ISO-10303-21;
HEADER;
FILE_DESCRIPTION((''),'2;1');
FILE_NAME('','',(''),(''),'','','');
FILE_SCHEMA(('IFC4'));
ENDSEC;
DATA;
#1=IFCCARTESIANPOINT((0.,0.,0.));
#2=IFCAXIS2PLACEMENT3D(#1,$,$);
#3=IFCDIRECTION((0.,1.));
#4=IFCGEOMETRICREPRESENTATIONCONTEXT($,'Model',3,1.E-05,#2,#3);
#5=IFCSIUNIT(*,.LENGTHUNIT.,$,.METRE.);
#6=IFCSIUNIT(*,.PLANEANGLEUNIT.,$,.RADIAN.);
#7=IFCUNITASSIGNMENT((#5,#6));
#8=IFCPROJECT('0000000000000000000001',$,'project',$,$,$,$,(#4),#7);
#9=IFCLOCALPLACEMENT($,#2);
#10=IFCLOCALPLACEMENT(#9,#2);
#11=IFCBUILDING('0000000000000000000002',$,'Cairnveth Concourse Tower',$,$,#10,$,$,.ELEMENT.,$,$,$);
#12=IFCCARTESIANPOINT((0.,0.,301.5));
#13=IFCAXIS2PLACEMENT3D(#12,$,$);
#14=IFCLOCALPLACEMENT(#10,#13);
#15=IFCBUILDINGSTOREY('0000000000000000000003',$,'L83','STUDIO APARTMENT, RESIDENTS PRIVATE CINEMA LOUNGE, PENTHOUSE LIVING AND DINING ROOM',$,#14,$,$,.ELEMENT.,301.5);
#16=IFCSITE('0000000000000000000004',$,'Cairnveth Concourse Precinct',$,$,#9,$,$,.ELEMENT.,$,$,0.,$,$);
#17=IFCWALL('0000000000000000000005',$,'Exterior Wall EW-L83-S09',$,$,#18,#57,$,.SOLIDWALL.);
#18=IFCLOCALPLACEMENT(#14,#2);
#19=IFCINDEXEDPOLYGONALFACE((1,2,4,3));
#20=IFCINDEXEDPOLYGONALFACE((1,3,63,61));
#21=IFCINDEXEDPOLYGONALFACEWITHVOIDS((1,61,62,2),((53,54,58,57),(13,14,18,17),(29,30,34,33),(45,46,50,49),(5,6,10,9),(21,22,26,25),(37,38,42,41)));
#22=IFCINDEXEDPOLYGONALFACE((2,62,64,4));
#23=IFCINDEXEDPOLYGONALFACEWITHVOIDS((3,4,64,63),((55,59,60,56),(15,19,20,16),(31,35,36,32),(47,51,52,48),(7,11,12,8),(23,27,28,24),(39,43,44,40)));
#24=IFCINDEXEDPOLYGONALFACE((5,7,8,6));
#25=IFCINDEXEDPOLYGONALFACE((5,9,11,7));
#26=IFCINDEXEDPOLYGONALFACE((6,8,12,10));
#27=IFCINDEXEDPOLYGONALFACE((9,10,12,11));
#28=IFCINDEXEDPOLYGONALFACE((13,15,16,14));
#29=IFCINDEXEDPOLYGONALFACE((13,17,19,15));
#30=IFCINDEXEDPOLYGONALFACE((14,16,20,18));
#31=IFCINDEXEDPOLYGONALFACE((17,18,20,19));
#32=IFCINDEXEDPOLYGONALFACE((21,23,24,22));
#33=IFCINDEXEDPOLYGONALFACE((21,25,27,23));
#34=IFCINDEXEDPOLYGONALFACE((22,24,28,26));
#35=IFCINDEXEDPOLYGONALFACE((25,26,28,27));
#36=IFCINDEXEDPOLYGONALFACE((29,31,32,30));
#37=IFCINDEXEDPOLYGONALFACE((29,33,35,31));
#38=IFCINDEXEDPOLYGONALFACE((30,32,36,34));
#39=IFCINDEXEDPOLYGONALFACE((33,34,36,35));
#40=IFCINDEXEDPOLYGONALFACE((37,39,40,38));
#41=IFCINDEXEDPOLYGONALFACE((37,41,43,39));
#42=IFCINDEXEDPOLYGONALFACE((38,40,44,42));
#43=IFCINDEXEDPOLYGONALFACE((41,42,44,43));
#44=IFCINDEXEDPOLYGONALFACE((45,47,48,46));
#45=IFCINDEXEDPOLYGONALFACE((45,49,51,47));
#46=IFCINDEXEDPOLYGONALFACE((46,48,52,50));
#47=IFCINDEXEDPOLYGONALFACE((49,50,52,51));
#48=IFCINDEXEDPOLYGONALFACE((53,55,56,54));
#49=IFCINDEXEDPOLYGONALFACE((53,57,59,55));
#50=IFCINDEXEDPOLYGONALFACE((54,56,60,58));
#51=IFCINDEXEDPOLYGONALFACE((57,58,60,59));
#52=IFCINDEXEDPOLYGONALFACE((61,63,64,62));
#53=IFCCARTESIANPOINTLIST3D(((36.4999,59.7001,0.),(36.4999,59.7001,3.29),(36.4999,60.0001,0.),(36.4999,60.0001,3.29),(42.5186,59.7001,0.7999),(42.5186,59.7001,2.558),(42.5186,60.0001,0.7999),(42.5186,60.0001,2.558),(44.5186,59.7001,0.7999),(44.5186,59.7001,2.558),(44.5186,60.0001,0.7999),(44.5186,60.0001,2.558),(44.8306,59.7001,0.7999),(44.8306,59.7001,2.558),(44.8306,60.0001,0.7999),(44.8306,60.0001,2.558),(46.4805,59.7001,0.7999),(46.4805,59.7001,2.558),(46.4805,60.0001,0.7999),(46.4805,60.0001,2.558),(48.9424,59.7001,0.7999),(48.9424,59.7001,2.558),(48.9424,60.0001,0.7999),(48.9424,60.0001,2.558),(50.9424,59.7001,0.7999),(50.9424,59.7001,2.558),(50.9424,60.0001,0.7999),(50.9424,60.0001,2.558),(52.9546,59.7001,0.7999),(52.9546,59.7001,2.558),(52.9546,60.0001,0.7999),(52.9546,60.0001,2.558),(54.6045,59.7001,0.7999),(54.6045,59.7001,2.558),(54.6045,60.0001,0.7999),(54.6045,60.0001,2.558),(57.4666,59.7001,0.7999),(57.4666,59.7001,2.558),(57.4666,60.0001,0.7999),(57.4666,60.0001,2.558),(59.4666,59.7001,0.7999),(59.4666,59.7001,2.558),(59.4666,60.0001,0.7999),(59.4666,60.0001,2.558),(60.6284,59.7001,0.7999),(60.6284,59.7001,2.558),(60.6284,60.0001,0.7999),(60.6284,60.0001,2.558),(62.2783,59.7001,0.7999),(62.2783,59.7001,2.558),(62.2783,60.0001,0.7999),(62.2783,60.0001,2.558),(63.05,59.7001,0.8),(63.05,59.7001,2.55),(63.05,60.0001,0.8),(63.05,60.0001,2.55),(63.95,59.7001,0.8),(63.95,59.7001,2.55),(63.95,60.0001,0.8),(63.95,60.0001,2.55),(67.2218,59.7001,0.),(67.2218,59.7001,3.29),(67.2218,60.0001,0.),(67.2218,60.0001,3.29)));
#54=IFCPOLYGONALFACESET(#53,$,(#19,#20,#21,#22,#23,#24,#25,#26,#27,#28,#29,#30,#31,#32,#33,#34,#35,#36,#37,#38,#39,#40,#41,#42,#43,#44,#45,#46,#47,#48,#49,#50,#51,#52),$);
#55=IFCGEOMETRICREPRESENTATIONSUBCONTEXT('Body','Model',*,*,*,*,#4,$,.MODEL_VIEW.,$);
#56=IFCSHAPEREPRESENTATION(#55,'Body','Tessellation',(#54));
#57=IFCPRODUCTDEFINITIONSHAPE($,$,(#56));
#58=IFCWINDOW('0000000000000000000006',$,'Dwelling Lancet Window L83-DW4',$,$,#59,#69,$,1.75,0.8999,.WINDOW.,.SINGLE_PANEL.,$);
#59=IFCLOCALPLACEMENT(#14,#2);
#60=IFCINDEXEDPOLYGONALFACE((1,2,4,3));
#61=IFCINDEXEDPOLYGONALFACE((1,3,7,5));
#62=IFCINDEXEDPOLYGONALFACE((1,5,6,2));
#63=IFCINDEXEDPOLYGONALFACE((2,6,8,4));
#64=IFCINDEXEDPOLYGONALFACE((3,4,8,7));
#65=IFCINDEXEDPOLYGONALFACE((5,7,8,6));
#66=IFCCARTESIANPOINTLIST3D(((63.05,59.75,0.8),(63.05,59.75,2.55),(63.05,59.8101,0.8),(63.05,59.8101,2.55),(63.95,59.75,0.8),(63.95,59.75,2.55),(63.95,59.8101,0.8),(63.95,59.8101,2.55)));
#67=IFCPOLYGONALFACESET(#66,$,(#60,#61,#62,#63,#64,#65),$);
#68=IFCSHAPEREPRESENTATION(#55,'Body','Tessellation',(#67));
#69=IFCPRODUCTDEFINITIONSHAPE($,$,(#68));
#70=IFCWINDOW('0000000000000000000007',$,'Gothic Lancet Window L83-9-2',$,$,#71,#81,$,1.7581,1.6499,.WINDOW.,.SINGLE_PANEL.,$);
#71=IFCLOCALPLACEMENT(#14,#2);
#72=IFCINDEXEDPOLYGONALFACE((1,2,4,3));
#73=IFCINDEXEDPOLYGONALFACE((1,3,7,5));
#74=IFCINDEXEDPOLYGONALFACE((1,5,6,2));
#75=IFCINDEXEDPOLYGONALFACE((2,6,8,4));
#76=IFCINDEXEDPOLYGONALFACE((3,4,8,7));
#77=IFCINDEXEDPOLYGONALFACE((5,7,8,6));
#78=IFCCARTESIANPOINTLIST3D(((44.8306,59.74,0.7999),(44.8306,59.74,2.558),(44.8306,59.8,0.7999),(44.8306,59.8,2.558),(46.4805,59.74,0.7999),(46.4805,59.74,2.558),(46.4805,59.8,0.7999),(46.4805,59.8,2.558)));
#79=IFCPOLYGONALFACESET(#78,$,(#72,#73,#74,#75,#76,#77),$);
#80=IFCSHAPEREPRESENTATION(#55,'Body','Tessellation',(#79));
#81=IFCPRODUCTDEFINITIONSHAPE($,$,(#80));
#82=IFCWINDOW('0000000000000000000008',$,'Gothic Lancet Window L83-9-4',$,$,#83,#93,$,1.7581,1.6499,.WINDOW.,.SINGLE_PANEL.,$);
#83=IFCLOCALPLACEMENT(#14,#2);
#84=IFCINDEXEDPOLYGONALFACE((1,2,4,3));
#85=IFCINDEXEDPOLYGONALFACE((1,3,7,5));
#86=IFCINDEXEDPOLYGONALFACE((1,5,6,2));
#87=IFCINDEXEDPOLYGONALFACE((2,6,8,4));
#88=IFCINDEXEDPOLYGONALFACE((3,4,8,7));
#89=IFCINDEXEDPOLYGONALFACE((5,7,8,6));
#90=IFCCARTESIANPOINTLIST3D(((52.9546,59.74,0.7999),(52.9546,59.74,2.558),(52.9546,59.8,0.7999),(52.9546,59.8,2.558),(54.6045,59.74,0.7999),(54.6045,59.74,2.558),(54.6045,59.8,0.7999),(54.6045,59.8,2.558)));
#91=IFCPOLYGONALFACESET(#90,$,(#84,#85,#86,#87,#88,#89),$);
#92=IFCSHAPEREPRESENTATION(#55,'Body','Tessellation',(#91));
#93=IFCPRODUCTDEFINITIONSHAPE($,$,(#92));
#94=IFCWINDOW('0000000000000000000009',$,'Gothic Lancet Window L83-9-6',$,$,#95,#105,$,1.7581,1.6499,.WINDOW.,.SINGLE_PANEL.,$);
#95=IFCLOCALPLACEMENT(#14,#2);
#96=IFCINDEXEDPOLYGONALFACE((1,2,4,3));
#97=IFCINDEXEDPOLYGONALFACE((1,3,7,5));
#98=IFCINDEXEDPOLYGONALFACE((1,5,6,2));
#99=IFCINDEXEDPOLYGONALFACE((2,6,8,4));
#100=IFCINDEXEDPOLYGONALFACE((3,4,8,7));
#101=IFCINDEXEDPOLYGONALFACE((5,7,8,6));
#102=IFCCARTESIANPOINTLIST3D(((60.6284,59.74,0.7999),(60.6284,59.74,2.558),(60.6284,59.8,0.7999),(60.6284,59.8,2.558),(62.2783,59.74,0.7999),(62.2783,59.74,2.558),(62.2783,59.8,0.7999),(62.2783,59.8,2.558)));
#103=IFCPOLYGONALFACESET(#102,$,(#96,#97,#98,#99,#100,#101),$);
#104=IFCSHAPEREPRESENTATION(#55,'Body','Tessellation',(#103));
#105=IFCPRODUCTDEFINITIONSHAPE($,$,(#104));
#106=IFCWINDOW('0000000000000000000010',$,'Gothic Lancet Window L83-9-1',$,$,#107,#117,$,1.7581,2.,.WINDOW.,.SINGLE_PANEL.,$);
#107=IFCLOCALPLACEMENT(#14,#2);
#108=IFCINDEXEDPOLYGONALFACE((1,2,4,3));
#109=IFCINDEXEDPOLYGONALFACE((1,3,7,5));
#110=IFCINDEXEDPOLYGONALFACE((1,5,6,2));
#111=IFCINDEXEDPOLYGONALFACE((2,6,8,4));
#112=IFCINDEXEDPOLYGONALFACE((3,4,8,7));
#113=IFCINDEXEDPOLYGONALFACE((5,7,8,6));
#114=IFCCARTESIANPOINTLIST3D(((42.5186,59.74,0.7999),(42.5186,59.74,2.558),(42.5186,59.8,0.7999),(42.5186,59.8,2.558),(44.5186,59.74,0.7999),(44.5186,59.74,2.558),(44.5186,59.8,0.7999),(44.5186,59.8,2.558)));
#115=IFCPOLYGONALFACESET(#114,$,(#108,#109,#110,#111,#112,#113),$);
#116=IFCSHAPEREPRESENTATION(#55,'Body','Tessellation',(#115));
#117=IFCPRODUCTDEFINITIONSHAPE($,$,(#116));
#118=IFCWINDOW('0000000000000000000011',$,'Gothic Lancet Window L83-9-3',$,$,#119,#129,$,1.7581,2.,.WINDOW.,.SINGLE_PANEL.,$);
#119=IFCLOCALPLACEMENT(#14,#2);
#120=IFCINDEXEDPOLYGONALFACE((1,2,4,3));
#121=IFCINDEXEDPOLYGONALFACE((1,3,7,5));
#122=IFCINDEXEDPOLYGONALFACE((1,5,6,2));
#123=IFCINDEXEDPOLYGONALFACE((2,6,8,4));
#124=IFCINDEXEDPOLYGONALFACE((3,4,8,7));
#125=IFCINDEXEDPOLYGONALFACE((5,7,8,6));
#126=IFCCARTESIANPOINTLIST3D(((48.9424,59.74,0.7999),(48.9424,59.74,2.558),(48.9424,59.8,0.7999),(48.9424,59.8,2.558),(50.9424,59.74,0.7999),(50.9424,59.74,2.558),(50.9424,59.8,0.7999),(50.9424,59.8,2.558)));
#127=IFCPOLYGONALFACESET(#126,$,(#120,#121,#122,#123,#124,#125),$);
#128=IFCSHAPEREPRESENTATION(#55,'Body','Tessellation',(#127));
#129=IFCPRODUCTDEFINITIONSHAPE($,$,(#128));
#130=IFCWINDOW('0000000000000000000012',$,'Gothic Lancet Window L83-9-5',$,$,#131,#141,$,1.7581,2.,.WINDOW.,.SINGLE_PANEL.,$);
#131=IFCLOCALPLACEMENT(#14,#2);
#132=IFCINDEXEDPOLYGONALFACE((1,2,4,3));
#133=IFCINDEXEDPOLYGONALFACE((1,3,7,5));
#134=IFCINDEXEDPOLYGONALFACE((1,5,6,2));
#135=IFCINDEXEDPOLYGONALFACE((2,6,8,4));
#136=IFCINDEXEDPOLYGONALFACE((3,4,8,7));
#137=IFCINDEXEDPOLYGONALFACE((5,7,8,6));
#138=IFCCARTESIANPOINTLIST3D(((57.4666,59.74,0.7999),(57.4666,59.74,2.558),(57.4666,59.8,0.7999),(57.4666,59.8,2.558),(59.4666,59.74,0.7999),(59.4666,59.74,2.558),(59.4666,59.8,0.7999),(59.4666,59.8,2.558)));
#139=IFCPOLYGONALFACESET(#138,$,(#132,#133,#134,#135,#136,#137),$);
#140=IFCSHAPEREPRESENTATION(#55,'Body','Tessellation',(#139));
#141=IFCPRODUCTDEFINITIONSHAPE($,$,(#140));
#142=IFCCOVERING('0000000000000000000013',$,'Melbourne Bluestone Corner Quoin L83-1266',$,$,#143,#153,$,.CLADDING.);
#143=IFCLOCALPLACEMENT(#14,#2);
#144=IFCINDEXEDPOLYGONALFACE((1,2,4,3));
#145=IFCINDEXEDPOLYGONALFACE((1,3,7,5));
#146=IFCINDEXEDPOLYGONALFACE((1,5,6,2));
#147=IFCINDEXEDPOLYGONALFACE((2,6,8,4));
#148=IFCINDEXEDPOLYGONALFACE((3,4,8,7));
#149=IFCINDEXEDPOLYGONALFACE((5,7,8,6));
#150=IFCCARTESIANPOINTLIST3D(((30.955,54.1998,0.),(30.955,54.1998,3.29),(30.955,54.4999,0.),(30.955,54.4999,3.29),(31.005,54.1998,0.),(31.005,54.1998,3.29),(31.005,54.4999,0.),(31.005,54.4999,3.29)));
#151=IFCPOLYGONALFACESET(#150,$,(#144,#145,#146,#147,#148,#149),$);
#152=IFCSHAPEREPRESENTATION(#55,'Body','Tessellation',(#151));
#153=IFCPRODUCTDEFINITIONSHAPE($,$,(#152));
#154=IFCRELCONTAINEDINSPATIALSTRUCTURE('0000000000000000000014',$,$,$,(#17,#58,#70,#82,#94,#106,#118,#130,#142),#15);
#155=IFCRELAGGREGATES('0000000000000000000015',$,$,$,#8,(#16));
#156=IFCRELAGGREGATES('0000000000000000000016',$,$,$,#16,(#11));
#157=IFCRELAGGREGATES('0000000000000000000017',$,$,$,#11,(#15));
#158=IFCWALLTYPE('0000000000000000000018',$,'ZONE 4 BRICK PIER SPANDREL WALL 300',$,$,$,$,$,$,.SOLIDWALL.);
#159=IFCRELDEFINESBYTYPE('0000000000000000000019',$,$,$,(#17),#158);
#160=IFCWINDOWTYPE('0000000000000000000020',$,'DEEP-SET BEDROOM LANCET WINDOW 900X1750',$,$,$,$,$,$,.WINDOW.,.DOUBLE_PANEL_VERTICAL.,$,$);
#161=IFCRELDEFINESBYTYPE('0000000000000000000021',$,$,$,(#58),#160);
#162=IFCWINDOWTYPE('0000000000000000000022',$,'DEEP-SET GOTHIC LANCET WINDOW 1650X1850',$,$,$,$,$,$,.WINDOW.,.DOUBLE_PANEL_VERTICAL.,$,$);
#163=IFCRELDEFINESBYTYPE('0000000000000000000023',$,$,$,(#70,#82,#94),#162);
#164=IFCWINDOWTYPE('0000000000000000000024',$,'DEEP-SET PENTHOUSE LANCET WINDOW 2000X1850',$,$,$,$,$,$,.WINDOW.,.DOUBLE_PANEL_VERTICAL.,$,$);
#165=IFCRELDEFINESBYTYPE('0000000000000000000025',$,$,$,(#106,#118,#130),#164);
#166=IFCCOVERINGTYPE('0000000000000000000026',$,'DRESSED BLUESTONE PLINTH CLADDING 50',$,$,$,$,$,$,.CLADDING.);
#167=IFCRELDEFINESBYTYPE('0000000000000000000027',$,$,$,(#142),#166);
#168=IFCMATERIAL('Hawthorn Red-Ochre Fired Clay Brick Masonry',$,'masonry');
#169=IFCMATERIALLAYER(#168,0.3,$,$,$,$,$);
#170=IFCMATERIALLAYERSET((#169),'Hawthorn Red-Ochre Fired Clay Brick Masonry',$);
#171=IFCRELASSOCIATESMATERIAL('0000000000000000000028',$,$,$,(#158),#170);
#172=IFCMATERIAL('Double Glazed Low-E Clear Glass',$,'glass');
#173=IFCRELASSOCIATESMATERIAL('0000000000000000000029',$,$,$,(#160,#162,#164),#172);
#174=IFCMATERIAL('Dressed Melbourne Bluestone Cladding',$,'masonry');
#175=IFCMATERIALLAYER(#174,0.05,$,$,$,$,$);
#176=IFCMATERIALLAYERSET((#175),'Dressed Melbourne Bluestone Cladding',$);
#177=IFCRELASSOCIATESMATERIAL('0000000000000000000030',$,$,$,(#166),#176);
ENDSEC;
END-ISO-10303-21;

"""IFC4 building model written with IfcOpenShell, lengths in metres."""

from ifc_helpers import new_model, si_unit, direction, frame, frame_2d, origin, place, context, subcontext, project, spatial, rectangle, extrude, material, layer, layer_set, type_object, element, fill, save


model = new_model("IFC4")

# Units and contexts
model_context = context("Model", 3, precision=1e-05, world=origin(), true_north=direction((0.0, 1.0)))
body_context = subcontext(model_context, "Body", "Model", "MODEL_VIEW")
ifc_project = project(units=[si_unit("LENGTHUNIT", "METRE"), si_unit("PLANEANGLEUNIT", "RADIAN")], contexts=[model_context])

# Site, building, storey
site_placement = place(None, origin())
site = spatial("IfcSite", under=ifc_project, at=site_placement, Name="Cairnveth Concourse Precinct", CompositionType="ELEMENT", RefElevation=0.0)
building_placement = place(site_placement, origin())
building = spatial("IfcBuilding", under=site, at=building_placement, Name="Cairnveth Concourse Tower", CompositionType="ELEMENT")
storey_placement = place(building_placement, frame((0.0, 0.0, 301.5)))
storey = spatial("IfcBuildingStorey", under=building, at=storey_placement, Name="L83", Description="STUDIO APARTMENT, RESIDENTS PRIVATE CINEMA LOUNGE, PENTHOUSE LIVING AND DINING ROOM", CompositionType="ELEMENT", Elevation=301.5)

# Shared definitions
ifc_material_1 = material(Name="Hawthorn Red-Ochre Fired Clay Brick Masonry", Category="masonry")
ifc_layer_1 = layer(ifc_material_1, 0.3)
ifc_layer_set_1 = layer_set([ifc_layer_1], Name="Hawthorn Red-Ochre Fired Clay Brick Masonry")
wall_type_1 = type_object("IfcWallType", Name="ZONE 4 BRICK PIER SPANDREL WALL 300", PredefinedType="SOLIDWALL", material=ifc_layer_set_1)
ifc_material_2 = material(Name="Double Glazed Low-E Clear Glass", Category="glass")
window_type_1 = type_object("IfcWindowType", Name="DEEP-SET BEDROOM LANCET WINDOW 900X1750", PartitioningType="DOUBLE_PANEL_VERTICAL", PredefinedType="WINDOW", material=ifc_material_2)

# Wall, openings, windows
wall_1_placement = place(storey_placement, frame((36.5, 59.8501, 0.0), z_axis=(0.0, 0.0, 1.0), x_axis=(1.0, 0.0, 0.0)))
wall_1 = element("IfcWall", 1, at=wall_1_placement, inside=storey, type_object=wall_type_1, Name="Exterior Wall EW-L83-S09", PredefinedType="SOLIDWALL", context=body_context, shape_type="SweptSolid", body=[
    extrude(rectangle(XDim=30.7219, YDim=0.3, at=frame_2d((15.3608, 0.0))), origin(), (0.0, 0.0, 1.0), 3.29),
])
opening_1_placement = place(wall_1_placement, frame((6.0186, 0.0, 0.8)))
opening_1 = element("IfcOpeningElement", 2, at=opening_1_placement, cuts=wall_1, PredefinedType="OPENING", context=body_context, shape_type="SweptSolid", body=[
    extrude(rectangle(XDim=2.0, YDim=1.7581, at=frame_2d((1.0, 0.8789))), frame((0.0, 0.1599, 0.0), z_axis=(0.0, -1.0, 0.0), x_axis=(1.0, 0.0, 0.0)), (0.0, 0.0, 1.0), 0.3201),
])
opening_2_placement = place(wall_1_placement, frame((8.3306, 0.0, 0.8)))
opening_2 = element("IfcOpeningElement", 3, at=opening_2_placement, cuts=wall_1, PredefinedType="OPENING", context=body_context, shape_type="SweptSolid", body=[
    extrude(rectangle(XDim=1.6499, YDim=1.7581, at=frame_2d((0.825, 0.8789))), frame((0.0, 0.1599, 0.0), z_axis=(0.0, -1.0, 0.0), x_axis=(1.0, 0.0, 0.0)), (0.0, 0.0, 1.0), 0.3201),
])
opening_3_placement = place(wall_1_placement, frame((12.4424, 0.0, 0.8)))
opening_3 = element("IfcOpeningElement", 4, at=opening_3_placement, cuts=wall_1, PredefinedType="OPENING", context=body_context, shape_type="SweptSolid", body=[
    extrude(rectangle(XDim=2.0, YDim=1.7581, at=frame_2d((1.0, 0.8789))), frame((0.0, 0.1599, 0.0), z_axis=(0.0, -1.0, 0.0), x_axis=(1.0, 0.0, 0.0)), (0.0, 0.0, 1.0), 0.3201),
])
opening_4_placement = place(wall_1_placement, frame((16.4546, 0.0, 0.8)))
opening_4 = element("IfcOpeningElement", 5, at=opening_4_placement, cuts=wall_1, PredefinedType="OPENING", context=body_context, shape_type="SweptSolid", body=[
    extrude(rectangle(XDim=1.6499, YDim=1.7581, at=frame_2d((0.825, 0.8789))), frame((0.0, 0.1599, 0.0), z_axis=(0.0, -1.0, 0.0), x_axis=(1.0, 0.0, 0.0)), (0.0, 0.0, 1.0), 0.3201),
])
opening_5_placement = place(wall_1_placement, frame((20.9666, 0.0, 0.8)))
opening_5 = element("IfcOpeningElement", 6, at=opening_5_placement, cuts=wall_1, PredefinedType="OPENING", context=body_context, shape_type="SweptSolid", body=[
    extrude(rectangle(XDim=2.0, YDim=1.7581, at=frame_2d((1.0, 0.8789))), frame((0.0, 0.1599, 0.0), z_axis=(0.0, -1.0, 0.0), x_axis=(1.0, 0.0, 0.0)), (0.0, 0.0, 1.0), 0.3201),
])
opening_6_placement = place(wall_1_placement, frame((24.1284, 0.0, 0.8)))
opening_6 = element("IfcOpeningElement", 7, at=opening_6_placement, cuts=wall_1, PredefinedType="OPENING", context=body_context, shape_type="SweptSolid", body=[
    extrude(rectangle(XDim=1.6499, YDim=1.7581, at=frame_2d((0.825, 0.8789))), frame((0.0, 0.1599, 0.0), z_axis=(0.0, -1.0, 0.0), x_axis=(1.0, 0.0, 0.0)), (0.0, 0.0, 1.0), 0.3201),
])
opening_7_placement = place(wall_1_placement, frame((26.55, 0.0, 0.8)))
opening_7 = element("IfcOpeningElement", 8, at=opening_7_placement, cuts=wall_1, PredefinedType="OPENING", context=body_context, shape_type="SweptSolid", body=[
    extrude(rectangle(XDim=0.8999, YDim=1.75, at=frame_2d((0.45, 0.875))), frame((0.0, 0.1599, 0.0), z_axis=(0.0, -1.0, 0.0), x_axis=(1.0, 0.0, 0.0)), (0.0, 0.0, 1.0), 0.3201),
])
window_1_placement = place(opening_7_placement, origin())
window_1 = element("IfcWindow", 9, at=window_1_placement, inside=storey, type_object=window_type_1, Name="Dwelling Lancet Window L83-DW4", OverallHeight=1.75, OverallWidth=0.8999, PartitioningType="SINGLE_PANEL", PredefinedType="WINDOW", context=body_context, shape_type="SweptSolid", body=[
    extrude(rectangle(XDim=0.8999, YDim=1.75, at=frame_2d((0.45, 0.875))), frame((0.0, -0.04, 0.0), z_axis=(0.0, -1.0, 0.0), x_axis=(1.0, 0.0, 0.0)), (0.0, 0.0, 1.0), 0.0601),
])
fill(opening_7, window_1)
window_type_2 = type_object("IfcWindowType", Name="DEEP-SET GOTHIC LANCET WINDOW 1650X1850", PartitioningType="DOUBLE_PANEL_VERTICAL", PredefinedType="WINDOW", material=ifc_material_2)
window_2_placement = place(opening_2_placement, origin())
window_2 = element("IfcWindow", 10, at=window_2_placement, inside=storey, type_object=window_type_2, Name="Gothic Lancet Window L83-9-2", OverallHeight=1.7581, OverallWidth=1.6499, PartitioningType="SINGLE_PANEL", PredefinedType="WINDOW", context=body_context, shape_type="SweptSolid", body=[
    extrude(rectangle(XDim=1.6499, YDim=1.7581, at=frame_2d((0.825, 0.8789))), frame((0.0, -0.05, 0.0), z_axis=(0.0, -1.0, 0.0), x_axis=(1.0, 0.0, 0.0)), (0.0, 0.0, 1.0), 0.0601),
])
fill(opening_2, window_2)
window_3_placement = place(opening_4_placement, origin())
window_3 = element("IfcWindow", 11, at=window_3_placement, inside=storey, type_object=window_type_2, Name="Gothic Lancet Window L83-9-4", OverallHeight=1.7581, OverallWidth=1.6499, PartitioningType="SINGLE_PANEL", PredefinedType="WINDOW", context=body_context, shape_type="SweptSolid", body=[
    extrude(rectangle(XDim=1.6499, YDim=1.7581, at=frame_2d((0.825, 0.8789))), frame((0.0, -0.05, 0.0), z_axis=(0.0, -1.0, 0.0), x_axis=(1.0, 0.0, 0.0)), (0.0, 0.0, 1.0), 0.0601),
])
fill(opening_4, window_3)
window_4_placement = place(opening_6_placement, origin())
window_4 = element("IfcWindow", 12, at=window_4_placement, inside=storey, type_object=window_type_2, Name="Gothic Lancet Window L83-9-6", OverallHeight=1.7581, OverallWidth=1.6499, PartitioningType="SINGLE_PANEL", PredefinedType="WINDOW", context=body_context, shape_type="SweptSolid", body=[
    extrude(rectangle(XDim=1.6499, YDim=1.7581, at=frame_2d((0.825, 0.8789))), frame((0.0, -0.05, 0.0), z_axis=(0.0, -1.0, 0.0), x_axis=(1.0, 0.0, 0.0)), (0.0, 0.0, 1.0), 0.0601),
])
fill(opening_6, window_4)
window_type_3 = type_object("IfcWindowType", Name="DEEP-SET PENTHOUSE LANCET WINDOW 2000X1850", PartitioningType="DOUBLE_PANEL_VERTICAL", PredefinedType="WINDOW", material=ifc_material_2)
window_5_placement = place(opening_1_placement, origin())
window_5 = element("IfcWindow", 13, at=window_5_placement, inside=storey, type_object=window_type_3, Name="Gothic Lancet Window L83-9-1", OverallHeight=1.7581, OverallWidth=2.0, PartitioningType="SINGLE_PANEL", PredefinedType="WINDOW", context=body_context, shape_type="SweptSolid", body=[
    extrude(rectangle(XDim=2.0, YDim=1.7581, at=frame_2d((1.0, 0.8789))), frame((0.0, -0.05, 0.0), z_axis=(0.0, -1.0, 0.0), x_axis=(1.0, 0.0, 0.0)), (0.0, 0.0, 1.0), 0.0601),
])
fill(opening_1, window_5)
window_6_placement = place(opening_3_placement, origin())
window_6 = element("IfcWindow", 14, at=window_6_placement, inside=storey, type_object=window_type_3, Name="Gothic Lancet Window L83-9-3", OverallHeight=1.7581, OverallWidth=2.0, PartitioningType="SINGLE_PANEL", PredefinedType="WINDOW", context=body_context, shape_type="SweptSolid", body=[
    extrude(rectangle(XDim=2.0, YDim=1.7581, at=frame_2d((1.0, 0.8789))), frame((0.0, -0.05, 0.0), z_axis=(0.0, -1.0, 0.0), x_axis=(1.0, 0.0, 0.0)), (0.0, 0.0, 1.0), 0.0601),
])
fill(opening_3, window_6)
window_7_placement = place(opening_5_placement, origin())
window_7 = element("IfcWindow", 15, at=window_7_placement, inside=storey, type_object=window_type_3, Name="Gothic Lancet Window L83-9-5", OverallHeight=1.7581, OverallWidth=2.0, PartitioningType="SINGLE_PANEL", PredefinedType="WINDOW", context=body_context, shape_type="SweptSolid", body=[
    extrude(rectangle(XDim=2.0, YDim=1.7581, at=frame_2d((1.0, 0.8789))), frame((0.0, -0.05, 0.0), z_axis=(0.0, -1.0, 0.0), x_axis=(1.0, 0.0, 0.0)), (0.0, 0.0, 1.0), 0.0601),
])
fill(opening_5, window_7)

# Covering
ifc_material_3 = material(Name="Dressed Melbourne Bluestone Cladding", Category="masonry")
ifc_layer_2 = layer(ifc_material_3, 0.05)
ifc_layer_set_2 = layer_set([ifc_layer_2], Name="Dressed Melbourne Bluestone Cladding")
covering_type = type_object("IfcCoveringType", Name="DRESSED BLUESTONE PLINTH CLADDING 50", PredefinedType="CLADDING", material=ifc_layer_set_2)
for number, where, z_axis, x_axis, name in (
    (16, (30.98, 54.2, 0.0), (0.0, 0.0, 1.0), (0.0, 1.0, 0.0), "Melbourne Bluestone Corner Quoin L83-1266"),
):
    element("IfcCovering", number, at=place(storey_placement, frame(where, z_axis=z_axis, x_axis=x_axis)), inside=storey, type_object=covering_type, Name=name, PredefinedType="CLADDING", context=body_context, shape_type="SweptSolid", body=[
        extrude(rectangle(XDim=0.3, YDim=0.05, at=frame_2d((0.1499, 0.0))), origin(), (0.0, 0.0, 1.0), 3.29),
    ])

save(model, "model.ifc")
